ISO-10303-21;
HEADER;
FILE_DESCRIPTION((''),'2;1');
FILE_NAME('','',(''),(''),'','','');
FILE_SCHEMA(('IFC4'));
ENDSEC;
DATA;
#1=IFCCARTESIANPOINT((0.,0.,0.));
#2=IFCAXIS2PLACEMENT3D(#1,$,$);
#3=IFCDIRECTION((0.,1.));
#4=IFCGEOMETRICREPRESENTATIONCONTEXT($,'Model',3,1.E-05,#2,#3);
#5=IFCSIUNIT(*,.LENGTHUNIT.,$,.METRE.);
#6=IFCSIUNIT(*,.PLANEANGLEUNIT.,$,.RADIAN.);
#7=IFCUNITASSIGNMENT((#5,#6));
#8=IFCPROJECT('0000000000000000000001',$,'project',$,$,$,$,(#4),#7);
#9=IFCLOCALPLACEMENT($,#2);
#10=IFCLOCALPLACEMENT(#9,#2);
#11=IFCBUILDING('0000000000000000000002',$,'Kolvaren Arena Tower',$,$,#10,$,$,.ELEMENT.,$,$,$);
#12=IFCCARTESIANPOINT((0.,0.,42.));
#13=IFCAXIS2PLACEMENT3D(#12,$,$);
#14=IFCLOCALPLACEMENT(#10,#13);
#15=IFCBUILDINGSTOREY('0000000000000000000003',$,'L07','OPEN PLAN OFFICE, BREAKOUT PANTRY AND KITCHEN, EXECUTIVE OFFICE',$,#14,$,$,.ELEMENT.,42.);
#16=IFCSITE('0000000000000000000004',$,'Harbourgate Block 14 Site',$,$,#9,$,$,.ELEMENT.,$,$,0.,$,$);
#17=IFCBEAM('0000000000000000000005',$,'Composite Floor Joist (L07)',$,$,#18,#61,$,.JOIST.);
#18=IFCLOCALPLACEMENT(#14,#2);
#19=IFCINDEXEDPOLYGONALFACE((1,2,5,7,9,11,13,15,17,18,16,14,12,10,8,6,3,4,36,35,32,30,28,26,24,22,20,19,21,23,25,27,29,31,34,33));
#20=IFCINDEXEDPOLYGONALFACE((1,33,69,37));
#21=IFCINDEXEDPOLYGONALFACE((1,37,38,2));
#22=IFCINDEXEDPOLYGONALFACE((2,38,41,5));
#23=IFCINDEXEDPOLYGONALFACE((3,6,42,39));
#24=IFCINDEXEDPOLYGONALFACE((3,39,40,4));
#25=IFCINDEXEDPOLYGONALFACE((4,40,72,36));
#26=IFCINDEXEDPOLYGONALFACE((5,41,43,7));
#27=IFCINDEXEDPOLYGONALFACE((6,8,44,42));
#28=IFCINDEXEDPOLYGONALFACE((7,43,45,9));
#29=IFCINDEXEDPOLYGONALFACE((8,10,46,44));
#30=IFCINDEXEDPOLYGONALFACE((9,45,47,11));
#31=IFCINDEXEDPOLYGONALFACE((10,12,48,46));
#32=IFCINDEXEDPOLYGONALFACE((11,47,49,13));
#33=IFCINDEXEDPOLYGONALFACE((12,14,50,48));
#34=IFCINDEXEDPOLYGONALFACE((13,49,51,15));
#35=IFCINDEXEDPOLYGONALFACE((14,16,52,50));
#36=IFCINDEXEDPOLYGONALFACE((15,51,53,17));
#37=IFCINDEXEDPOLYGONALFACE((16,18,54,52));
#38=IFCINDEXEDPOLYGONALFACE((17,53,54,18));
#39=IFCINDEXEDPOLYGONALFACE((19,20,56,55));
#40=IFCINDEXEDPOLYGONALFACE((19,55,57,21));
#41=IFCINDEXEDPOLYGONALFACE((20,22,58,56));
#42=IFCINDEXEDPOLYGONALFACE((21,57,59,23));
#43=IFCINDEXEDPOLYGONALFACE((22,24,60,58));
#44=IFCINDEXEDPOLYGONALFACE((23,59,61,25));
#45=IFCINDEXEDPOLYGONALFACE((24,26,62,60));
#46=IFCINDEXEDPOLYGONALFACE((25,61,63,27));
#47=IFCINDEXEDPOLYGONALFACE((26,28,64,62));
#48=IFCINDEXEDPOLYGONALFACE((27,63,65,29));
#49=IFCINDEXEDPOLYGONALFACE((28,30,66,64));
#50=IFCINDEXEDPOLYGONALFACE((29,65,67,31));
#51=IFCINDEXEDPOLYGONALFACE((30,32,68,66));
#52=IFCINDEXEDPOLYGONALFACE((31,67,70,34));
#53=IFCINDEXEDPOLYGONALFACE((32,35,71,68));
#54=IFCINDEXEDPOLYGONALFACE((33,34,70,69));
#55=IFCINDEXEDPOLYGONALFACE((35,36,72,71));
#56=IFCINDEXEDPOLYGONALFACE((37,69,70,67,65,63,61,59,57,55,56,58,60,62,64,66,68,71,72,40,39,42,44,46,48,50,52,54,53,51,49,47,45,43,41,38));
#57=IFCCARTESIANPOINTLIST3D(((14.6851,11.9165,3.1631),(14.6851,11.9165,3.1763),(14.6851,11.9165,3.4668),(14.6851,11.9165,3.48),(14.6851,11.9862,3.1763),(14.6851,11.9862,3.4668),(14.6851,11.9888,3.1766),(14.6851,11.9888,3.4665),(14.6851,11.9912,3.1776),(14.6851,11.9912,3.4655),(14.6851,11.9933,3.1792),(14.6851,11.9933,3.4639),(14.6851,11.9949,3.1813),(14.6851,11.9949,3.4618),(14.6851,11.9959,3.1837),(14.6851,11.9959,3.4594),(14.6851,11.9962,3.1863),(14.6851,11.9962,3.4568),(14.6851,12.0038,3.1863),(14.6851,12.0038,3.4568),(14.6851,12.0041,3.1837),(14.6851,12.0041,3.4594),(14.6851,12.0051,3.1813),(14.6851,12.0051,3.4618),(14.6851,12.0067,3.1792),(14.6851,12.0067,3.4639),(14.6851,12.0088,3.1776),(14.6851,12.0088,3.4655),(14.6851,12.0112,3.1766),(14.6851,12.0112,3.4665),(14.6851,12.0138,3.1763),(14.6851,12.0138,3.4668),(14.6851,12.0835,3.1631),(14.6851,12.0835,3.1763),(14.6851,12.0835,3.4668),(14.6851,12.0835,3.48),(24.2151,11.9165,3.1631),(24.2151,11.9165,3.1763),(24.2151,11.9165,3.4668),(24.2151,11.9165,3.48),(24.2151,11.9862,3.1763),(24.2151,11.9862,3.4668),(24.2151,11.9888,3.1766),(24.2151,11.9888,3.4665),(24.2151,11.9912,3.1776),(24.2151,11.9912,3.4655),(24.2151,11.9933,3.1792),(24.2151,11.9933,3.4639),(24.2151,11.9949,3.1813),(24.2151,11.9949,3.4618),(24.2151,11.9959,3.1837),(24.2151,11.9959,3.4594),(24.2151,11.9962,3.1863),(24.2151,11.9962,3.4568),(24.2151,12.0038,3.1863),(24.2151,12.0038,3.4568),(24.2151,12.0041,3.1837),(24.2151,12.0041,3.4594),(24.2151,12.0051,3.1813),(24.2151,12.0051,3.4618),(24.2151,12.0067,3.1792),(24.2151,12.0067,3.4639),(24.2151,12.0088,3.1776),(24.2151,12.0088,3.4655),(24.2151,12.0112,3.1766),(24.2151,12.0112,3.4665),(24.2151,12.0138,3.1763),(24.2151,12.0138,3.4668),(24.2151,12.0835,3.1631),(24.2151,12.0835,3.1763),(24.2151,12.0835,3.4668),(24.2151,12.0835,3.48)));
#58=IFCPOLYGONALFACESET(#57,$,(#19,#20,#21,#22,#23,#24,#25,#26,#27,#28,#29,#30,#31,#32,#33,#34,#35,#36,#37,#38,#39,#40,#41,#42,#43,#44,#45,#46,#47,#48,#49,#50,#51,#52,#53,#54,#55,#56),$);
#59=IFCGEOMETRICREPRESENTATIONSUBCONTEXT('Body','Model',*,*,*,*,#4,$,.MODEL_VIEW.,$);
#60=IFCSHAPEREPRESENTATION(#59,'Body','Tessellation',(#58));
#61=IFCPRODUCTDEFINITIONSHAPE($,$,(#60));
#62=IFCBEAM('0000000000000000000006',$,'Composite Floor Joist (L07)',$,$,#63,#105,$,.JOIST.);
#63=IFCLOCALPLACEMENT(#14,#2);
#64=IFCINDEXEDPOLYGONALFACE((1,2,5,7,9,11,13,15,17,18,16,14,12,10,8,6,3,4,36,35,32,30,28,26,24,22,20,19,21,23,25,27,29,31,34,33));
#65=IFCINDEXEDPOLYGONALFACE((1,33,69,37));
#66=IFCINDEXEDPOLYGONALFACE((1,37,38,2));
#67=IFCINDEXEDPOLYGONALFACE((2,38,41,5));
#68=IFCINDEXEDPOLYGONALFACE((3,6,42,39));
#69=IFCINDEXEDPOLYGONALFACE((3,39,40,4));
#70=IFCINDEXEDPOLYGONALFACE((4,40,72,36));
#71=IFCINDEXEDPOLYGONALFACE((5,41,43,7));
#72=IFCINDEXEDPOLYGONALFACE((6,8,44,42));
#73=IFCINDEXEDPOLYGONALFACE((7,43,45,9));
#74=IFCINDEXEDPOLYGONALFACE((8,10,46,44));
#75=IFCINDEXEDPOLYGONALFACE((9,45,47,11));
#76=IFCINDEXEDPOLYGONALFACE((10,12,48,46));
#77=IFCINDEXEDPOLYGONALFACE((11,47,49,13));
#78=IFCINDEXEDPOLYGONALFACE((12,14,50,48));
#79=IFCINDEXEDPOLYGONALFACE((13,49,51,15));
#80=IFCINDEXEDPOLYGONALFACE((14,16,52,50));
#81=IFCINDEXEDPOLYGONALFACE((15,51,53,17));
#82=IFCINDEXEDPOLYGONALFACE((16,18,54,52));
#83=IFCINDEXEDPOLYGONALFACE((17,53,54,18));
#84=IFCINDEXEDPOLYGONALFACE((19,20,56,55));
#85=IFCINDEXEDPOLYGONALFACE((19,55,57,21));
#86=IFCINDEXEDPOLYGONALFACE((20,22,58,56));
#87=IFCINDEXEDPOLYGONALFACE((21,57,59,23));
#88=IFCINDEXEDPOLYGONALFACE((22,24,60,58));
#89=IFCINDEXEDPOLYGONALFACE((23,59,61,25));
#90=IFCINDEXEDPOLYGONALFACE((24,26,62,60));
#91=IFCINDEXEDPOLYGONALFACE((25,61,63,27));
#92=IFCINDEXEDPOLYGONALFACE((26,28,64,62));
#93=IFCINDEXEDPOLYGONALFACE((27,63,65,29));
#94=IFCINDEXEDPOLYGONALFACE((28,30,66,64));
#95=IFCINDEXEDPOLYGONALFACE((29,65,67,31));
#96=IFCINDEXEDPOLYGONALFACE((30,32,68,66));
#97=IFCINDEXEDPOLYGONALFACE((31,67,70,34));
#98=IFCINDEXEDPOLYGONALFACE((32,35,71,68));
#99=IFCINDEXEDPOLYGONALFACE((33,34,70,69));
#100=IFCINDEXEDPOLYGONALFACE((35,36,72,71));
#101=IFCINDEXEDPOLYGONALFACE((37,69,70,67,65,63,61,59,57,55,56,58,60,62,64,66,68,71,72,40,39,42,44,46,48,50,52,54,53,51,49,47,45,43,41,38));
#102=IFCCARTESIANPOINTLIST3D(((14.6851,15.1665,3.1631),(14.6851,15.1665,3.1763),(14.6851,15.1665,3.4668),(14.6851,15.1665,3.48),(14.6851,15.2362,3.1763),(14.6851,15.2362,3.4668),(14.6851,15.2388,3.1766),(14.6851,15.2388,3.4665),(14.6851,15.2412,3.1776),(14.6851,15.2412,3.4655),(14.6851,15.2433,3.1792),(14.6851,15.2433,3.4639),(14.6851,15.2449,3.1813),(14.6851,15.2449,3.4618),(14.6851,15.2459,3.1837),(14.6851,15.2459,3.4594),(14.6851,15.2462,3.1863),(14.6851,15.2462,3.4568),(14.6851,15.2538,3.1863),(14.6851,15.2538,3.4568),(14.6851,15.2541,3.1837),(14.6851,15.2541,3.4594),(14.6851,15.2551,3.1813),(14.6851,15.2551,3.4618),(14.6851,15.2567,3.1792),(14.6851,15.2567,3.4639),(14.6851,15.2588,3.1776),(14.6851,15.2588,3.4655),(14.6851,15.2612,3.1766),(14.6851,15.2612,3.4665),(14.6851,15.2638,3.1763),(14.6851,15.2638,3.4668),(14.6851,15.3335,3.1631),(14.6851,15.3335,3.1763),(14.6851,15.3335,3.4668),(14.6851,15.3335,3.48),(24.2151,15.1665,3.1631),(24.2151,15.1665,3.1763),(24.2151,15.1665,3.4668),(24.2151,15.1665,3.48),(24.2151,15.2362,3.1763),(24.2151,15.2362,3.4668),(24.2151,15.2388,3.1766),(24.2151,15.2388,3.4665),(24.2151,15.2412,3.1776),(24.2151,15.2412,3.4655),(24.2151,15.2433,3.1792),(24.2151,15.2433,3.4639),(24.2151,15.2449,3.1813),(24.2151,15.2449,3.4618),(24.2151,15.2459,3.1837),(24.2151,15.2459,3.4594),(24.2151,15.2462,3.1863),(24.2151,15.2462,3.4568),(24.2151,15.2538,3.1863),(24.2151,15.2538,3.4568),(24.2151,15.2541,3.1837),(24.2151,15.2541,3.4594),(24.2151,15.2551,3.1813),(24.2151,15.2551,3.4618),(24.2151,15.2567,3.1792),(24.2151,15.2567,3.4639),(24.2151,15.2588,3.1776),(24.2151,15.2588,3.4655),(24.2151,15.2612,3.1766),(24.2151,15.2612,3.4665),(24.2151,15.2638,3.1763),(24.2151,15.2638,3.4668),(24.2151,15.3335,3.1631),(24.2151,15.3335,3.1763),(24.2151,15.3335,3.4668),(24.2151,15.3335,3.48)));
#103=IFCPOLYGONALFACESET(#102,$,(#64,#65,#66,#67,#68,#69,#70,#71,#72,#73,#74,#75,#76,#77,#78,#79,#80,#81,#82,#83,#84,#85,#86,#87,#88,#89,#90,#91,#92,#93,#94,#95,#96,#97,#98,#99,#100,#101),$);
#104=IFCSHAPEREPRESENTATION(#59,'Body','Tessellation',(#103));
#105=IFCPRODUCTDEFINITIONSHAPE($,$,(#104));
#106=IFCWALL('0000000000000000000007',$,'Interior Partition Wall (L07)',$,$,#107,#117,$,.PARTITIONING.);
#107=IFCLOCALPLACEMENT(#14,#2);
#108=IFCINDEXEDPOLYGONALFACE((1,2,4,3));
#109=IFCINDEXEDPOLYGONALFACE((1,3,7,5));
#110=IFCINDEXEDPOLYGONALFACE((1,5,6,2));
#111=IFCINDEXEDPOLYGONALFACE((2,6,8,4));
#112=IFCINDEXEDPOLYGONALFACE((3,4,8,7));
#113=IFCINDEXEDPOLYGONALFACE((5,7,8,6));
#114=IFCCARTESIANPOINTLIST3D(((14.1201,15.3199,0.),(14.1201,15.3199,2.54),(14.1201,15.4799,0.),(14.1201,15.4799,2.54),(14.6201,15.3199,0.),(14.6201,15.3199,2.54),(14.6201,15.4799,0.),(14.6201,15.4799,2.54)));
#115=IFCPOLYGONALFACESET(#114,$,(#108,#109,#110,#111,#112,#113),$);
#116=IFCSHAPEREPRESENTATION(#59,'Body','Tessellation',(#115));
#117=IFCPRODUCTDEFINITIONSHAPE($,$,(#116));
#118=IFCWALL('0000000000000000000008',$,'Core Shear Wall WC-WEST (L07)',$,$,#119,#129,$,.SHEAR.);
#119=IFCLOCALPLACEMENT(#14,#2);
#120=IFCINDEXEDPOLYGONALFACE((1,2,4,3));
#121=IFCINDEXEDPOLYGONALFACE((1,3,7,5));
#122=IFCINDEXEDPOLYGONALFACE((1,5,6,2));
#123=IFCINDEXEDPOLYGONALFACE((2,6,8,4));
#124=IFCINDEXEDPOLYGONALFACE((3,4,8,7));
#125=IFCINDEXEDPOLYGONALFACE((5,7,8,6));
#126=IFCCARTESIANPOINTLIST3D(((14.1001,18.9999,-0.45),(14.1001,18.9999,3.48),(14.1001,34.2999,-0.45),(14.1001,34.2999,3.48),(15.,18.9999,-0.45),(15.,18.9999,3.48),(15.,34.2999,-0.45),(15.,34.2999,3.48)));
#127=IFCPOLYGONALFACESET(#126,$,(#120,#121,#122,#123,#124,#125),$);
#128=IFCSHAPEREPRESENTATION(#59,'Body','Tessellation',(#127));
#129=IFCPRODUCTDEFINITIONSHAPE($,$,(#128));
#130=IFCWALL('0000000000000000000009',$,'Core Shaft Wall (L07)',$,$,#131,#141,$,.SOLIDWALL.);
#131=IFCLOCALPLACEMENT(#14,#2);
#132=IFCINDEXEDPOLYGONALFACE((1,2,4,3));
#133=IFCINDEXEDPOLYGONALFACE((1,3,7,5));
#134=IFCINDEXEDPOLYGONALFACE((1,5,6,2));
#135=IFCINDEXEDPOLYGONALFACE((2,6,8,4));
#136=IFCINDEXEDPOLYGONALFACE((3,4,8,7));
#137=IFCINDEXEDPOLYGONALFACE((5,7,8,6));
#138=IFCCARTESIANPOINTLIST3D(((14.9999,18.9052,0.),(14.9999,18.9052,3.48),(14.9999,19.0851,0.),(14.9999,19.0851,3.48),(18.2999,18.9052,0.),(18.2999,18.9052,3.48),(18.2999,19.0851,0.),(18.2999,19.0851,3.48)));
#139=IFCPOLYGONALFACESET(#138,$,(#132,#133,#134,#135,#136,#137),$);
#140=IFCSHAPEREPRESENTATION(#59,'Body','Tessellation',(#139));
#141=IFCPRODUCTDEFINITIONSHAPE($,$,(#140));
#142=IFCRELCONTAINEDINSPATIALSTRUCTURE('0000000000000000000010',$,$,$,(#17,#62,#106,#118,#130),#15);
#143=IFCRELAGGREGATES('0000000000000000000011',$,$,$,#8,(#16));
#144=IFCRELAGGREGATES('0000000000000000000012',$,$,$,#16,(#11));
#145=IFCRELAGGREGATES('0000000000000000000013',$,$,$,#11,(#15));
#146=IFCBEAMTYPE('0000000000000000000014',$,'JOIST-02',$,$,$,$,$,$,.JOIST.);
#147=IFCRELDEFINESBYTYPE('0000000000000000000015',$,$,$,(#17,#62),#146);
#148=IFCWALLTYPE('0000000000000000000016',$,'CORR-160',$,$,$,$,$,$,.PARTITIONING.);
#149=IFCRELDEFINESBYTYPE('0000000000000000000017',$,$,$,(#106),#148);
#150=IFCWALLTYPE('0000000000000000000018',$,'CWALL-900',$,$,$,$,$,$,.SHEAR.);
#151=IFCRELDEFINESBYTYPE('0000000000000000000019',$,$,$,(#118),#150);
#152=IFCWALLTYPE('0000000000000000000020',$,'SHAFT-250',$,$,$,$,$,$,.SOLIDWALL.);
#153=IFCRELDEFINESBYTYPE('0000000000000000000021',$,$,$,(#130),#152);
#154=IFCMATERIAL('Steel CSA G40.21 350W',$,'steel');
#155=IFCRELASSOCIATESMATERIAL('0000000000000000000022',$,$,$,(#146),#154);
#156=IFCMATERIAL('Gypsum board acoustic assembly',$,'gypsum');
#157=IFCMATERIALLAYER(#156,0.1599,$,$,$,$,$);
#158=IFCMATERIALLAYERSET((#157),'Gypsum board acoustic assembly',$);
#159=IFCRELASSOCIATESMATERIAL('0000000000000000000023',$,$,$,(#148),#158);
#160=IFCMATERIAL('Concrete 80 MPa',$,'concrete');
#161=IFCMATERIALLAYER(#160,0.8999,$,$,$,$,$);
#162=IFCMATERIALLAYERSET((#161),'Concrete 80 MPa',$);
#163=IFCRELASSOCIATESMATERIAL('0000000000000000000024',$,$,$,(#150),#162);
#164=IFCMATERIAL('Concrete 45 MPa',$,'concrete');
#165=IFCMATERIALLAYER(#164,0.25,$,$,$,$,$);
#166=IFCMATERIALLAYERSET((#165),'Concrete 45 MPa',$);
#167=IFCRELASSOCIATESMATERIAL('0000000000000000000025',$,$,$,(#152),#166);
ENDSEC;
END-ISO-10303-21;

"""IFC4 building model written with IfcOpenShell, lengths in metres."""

from ifc_helpers import new_model, si_unit, direction, frame, frame_2d, origin, origin_2d, place, context, subcontext, project, spatial, rectangle, i_section, extrude, material, layer, layer_set, material_profile, profile_set, type_object, element, save


model = new_model("IFC4")

# Units and contexts
model_context = context("Model", 3, precision=1e-05, world=origin(), true_north=direction((0.0, 1.0)))
body_context = subcontext(model_context, "Body", "Model", "MODEL_VIEW")
ifc_project = project(units=[si_unit("LENGTHUNIT", "METRE"), si_unit("PLANEANGLEUNIT", "RADIAN")], contexts=[model_context])

# Site, building, storey
site_placement = place(None, origin())
site = spatial("IfcSite", under=ifc_project, at=site_placement, Name="Harbourgate Block 14 Site", CompositionType="ELEMENT", RefElevation=0.0)
building_placement = place(site_placement, origin())
building = spatial("IfcBuilding", under=site, at=building_placement, Name="Kolvaren Arena Tower", CompositionType="ELEMENT")
storey_placement = place(building_placement, frame((0.0, 0.0, 42.0)))
storey = spatial("IfcBuildingStorey", under=building, at=storey_placement, Name="L07", Description="OPEN PLAN OFFICE, BREAKOUT PANTRY AND KITCHEN, EXECUTIVE OFFICE", CompositionType="ELEMENT", Elevation=42.0)

# Beams
ifc_material_1 = material(Name="Steel CSA G40.21 350W", Category="steel")
ifc_material_profile_1 = material_profile(ifc_material_1, i_section(OverallWidth=0.167, OverallDepth=0.3169, WebThickness=0.0076, FlangeThickness=0.0132, FilletRadius=0.01, at=origin_2d()), Name="W310x52")
ifc_profile_set_1 = profile_set([ifc_material_profile_1], Name="Steel CSA G40.21 350W")
beam_type_1 = type_object("IfcBeamType", Name="JOIST-02", PredefinedType="JOIST", material=ifc_profile_set_1)
for number, where, z_axis, x_axis, name in (
    (1, (14.6851, 12.0, 3.3215), (1.0, 0.0, 0.0), (0.0, 1.0, 0.0), "Composite Floor Joist (L07)"),
    (2, (14.6851, 15.25, 3.3215), (1.0, 0.0, 0.0), (0.0, 1.0, 0.0), "Composite Floor Joist (L07)"),
):
    element("IfcBeam", number, at=place(storey_placement, frame(where, z_axis=z_axis, x_axis=x_axis)), inside=storey, type_object=beam_type_1, Name=name, PredefinedType="JOIST", context=body_context, shape_type="SweptSolid", body=[
        extrude(i_section(OverallWidth=0.167, OverallDepth=0.3169, WebThickness=0.0076, FlangeThickness=0.0132, FilletRadius=0.01, at=origin_2d()), origin(), (0.0, 0.0, 1.0), 9.53),
    ])

# Walls
ifc_material_2 = material(Name="Gypsum board acoustic assembly", Category="gypsum")
ifc_layer_1 = layer(ifc_material_2, 0.1599)
ifc_layer_set_1 = layer_set([ifc_layer_1], Name="Gypsum board acoustic assembly")
wall_type_1 = type_object("IfcWallType", Name="CORR-160", PredefinedType="PARTITIONING", material=ifc_layer_set_1)
wall_1_placement = place(storey_placement, frame((14.1201, 15.3999, 0.0), z_axis=(0.0, 0.0, 1.0), x_axis=(1.0, 0.0, 0.0)))
element("IfcWall", 3, at=wall_1_placement, inside=storey, type_object=wall_type_1, Name="Interior Partition Wall (L07)", PredefinedType="PARTITIONING", context=body_context, shape_type="SweptSolid", body=[
    extrude(rectangle(XDim=0.5, YDim=0.1599, at=frame_2d((0.25, 0.0))), origin(), (0.0, 0.0, 1.0), 2.54),
])
ifc_material_3 = material(Name="Concrete 80 MPa", Category="concrete")
ifc_layer_2 = layer(ifc_material_3, 0.8999)
ifc_layer_set_2 = layer_set([ifc_layer_2], Name="Concrete 80 MPa")
wall_type_2 = type_object("IfcWallType", Name="CWALL-900", PredefinedType="SHEAR", material=ifc_layer_set_2)
wall_2_placement = place(storey_placement, frame((14.55, 19.0, -0.45), z_axis=(0.0, 0.0, 1.0), x_axis=(0.0, 1.0, 0.0)))
element("IfcWall", 4, at=wall_2_placement, inside=storey, type_object=wall_type_2, Name="Core Shear Wall WC-WEST (L07)", PredefinedType="SHEAR", context=body_context, shape_type="SweptSolid", body=[
    extrude(rectangle(XDim=15.3, YDim=0.8999, at=frame_2d((7.6499, 0.0))), origin(), (0.0, 0.0, 1.0), 3.9299),
])
ifc_material_4 = material(Name="Concrete 45 MPa", Category="concrete")
ifc_layer_3 = layer(ifc_material_4, 0.25)
ifc_layer_set_3 = layer_set([ifc_layer_3], Name="Concrete 45 MPa")
wall_type_3 = type_object("IfcWallType", Name="SHAFT-250", PredefinedType="SOLIDWALL", material=ifc_layer_set_3)
wall_3_placement = place(storey_placement, frame((15.0, 18.9951, 0.0), z_axis=(0.0, 0.0, 1.0), x_axis=(1.0, 0.0, 0.0)))
element("IfcWall", 5, at=wall_3_placement, inside=storey, type_object=wall_type_3, Name="Core Shaft Wall (L07)", PredefinedType="SOLIDWALL", context=body_context, shape_type="SweptSolid", body=[
    extrude(rectangle(XDim=3.3, YDim=0.1799, at=frame_2d((1.6499, 0.0))), origin(), (0.0, 0.0, 1.0), 3.48),
])

save(model, "model.ifc")
